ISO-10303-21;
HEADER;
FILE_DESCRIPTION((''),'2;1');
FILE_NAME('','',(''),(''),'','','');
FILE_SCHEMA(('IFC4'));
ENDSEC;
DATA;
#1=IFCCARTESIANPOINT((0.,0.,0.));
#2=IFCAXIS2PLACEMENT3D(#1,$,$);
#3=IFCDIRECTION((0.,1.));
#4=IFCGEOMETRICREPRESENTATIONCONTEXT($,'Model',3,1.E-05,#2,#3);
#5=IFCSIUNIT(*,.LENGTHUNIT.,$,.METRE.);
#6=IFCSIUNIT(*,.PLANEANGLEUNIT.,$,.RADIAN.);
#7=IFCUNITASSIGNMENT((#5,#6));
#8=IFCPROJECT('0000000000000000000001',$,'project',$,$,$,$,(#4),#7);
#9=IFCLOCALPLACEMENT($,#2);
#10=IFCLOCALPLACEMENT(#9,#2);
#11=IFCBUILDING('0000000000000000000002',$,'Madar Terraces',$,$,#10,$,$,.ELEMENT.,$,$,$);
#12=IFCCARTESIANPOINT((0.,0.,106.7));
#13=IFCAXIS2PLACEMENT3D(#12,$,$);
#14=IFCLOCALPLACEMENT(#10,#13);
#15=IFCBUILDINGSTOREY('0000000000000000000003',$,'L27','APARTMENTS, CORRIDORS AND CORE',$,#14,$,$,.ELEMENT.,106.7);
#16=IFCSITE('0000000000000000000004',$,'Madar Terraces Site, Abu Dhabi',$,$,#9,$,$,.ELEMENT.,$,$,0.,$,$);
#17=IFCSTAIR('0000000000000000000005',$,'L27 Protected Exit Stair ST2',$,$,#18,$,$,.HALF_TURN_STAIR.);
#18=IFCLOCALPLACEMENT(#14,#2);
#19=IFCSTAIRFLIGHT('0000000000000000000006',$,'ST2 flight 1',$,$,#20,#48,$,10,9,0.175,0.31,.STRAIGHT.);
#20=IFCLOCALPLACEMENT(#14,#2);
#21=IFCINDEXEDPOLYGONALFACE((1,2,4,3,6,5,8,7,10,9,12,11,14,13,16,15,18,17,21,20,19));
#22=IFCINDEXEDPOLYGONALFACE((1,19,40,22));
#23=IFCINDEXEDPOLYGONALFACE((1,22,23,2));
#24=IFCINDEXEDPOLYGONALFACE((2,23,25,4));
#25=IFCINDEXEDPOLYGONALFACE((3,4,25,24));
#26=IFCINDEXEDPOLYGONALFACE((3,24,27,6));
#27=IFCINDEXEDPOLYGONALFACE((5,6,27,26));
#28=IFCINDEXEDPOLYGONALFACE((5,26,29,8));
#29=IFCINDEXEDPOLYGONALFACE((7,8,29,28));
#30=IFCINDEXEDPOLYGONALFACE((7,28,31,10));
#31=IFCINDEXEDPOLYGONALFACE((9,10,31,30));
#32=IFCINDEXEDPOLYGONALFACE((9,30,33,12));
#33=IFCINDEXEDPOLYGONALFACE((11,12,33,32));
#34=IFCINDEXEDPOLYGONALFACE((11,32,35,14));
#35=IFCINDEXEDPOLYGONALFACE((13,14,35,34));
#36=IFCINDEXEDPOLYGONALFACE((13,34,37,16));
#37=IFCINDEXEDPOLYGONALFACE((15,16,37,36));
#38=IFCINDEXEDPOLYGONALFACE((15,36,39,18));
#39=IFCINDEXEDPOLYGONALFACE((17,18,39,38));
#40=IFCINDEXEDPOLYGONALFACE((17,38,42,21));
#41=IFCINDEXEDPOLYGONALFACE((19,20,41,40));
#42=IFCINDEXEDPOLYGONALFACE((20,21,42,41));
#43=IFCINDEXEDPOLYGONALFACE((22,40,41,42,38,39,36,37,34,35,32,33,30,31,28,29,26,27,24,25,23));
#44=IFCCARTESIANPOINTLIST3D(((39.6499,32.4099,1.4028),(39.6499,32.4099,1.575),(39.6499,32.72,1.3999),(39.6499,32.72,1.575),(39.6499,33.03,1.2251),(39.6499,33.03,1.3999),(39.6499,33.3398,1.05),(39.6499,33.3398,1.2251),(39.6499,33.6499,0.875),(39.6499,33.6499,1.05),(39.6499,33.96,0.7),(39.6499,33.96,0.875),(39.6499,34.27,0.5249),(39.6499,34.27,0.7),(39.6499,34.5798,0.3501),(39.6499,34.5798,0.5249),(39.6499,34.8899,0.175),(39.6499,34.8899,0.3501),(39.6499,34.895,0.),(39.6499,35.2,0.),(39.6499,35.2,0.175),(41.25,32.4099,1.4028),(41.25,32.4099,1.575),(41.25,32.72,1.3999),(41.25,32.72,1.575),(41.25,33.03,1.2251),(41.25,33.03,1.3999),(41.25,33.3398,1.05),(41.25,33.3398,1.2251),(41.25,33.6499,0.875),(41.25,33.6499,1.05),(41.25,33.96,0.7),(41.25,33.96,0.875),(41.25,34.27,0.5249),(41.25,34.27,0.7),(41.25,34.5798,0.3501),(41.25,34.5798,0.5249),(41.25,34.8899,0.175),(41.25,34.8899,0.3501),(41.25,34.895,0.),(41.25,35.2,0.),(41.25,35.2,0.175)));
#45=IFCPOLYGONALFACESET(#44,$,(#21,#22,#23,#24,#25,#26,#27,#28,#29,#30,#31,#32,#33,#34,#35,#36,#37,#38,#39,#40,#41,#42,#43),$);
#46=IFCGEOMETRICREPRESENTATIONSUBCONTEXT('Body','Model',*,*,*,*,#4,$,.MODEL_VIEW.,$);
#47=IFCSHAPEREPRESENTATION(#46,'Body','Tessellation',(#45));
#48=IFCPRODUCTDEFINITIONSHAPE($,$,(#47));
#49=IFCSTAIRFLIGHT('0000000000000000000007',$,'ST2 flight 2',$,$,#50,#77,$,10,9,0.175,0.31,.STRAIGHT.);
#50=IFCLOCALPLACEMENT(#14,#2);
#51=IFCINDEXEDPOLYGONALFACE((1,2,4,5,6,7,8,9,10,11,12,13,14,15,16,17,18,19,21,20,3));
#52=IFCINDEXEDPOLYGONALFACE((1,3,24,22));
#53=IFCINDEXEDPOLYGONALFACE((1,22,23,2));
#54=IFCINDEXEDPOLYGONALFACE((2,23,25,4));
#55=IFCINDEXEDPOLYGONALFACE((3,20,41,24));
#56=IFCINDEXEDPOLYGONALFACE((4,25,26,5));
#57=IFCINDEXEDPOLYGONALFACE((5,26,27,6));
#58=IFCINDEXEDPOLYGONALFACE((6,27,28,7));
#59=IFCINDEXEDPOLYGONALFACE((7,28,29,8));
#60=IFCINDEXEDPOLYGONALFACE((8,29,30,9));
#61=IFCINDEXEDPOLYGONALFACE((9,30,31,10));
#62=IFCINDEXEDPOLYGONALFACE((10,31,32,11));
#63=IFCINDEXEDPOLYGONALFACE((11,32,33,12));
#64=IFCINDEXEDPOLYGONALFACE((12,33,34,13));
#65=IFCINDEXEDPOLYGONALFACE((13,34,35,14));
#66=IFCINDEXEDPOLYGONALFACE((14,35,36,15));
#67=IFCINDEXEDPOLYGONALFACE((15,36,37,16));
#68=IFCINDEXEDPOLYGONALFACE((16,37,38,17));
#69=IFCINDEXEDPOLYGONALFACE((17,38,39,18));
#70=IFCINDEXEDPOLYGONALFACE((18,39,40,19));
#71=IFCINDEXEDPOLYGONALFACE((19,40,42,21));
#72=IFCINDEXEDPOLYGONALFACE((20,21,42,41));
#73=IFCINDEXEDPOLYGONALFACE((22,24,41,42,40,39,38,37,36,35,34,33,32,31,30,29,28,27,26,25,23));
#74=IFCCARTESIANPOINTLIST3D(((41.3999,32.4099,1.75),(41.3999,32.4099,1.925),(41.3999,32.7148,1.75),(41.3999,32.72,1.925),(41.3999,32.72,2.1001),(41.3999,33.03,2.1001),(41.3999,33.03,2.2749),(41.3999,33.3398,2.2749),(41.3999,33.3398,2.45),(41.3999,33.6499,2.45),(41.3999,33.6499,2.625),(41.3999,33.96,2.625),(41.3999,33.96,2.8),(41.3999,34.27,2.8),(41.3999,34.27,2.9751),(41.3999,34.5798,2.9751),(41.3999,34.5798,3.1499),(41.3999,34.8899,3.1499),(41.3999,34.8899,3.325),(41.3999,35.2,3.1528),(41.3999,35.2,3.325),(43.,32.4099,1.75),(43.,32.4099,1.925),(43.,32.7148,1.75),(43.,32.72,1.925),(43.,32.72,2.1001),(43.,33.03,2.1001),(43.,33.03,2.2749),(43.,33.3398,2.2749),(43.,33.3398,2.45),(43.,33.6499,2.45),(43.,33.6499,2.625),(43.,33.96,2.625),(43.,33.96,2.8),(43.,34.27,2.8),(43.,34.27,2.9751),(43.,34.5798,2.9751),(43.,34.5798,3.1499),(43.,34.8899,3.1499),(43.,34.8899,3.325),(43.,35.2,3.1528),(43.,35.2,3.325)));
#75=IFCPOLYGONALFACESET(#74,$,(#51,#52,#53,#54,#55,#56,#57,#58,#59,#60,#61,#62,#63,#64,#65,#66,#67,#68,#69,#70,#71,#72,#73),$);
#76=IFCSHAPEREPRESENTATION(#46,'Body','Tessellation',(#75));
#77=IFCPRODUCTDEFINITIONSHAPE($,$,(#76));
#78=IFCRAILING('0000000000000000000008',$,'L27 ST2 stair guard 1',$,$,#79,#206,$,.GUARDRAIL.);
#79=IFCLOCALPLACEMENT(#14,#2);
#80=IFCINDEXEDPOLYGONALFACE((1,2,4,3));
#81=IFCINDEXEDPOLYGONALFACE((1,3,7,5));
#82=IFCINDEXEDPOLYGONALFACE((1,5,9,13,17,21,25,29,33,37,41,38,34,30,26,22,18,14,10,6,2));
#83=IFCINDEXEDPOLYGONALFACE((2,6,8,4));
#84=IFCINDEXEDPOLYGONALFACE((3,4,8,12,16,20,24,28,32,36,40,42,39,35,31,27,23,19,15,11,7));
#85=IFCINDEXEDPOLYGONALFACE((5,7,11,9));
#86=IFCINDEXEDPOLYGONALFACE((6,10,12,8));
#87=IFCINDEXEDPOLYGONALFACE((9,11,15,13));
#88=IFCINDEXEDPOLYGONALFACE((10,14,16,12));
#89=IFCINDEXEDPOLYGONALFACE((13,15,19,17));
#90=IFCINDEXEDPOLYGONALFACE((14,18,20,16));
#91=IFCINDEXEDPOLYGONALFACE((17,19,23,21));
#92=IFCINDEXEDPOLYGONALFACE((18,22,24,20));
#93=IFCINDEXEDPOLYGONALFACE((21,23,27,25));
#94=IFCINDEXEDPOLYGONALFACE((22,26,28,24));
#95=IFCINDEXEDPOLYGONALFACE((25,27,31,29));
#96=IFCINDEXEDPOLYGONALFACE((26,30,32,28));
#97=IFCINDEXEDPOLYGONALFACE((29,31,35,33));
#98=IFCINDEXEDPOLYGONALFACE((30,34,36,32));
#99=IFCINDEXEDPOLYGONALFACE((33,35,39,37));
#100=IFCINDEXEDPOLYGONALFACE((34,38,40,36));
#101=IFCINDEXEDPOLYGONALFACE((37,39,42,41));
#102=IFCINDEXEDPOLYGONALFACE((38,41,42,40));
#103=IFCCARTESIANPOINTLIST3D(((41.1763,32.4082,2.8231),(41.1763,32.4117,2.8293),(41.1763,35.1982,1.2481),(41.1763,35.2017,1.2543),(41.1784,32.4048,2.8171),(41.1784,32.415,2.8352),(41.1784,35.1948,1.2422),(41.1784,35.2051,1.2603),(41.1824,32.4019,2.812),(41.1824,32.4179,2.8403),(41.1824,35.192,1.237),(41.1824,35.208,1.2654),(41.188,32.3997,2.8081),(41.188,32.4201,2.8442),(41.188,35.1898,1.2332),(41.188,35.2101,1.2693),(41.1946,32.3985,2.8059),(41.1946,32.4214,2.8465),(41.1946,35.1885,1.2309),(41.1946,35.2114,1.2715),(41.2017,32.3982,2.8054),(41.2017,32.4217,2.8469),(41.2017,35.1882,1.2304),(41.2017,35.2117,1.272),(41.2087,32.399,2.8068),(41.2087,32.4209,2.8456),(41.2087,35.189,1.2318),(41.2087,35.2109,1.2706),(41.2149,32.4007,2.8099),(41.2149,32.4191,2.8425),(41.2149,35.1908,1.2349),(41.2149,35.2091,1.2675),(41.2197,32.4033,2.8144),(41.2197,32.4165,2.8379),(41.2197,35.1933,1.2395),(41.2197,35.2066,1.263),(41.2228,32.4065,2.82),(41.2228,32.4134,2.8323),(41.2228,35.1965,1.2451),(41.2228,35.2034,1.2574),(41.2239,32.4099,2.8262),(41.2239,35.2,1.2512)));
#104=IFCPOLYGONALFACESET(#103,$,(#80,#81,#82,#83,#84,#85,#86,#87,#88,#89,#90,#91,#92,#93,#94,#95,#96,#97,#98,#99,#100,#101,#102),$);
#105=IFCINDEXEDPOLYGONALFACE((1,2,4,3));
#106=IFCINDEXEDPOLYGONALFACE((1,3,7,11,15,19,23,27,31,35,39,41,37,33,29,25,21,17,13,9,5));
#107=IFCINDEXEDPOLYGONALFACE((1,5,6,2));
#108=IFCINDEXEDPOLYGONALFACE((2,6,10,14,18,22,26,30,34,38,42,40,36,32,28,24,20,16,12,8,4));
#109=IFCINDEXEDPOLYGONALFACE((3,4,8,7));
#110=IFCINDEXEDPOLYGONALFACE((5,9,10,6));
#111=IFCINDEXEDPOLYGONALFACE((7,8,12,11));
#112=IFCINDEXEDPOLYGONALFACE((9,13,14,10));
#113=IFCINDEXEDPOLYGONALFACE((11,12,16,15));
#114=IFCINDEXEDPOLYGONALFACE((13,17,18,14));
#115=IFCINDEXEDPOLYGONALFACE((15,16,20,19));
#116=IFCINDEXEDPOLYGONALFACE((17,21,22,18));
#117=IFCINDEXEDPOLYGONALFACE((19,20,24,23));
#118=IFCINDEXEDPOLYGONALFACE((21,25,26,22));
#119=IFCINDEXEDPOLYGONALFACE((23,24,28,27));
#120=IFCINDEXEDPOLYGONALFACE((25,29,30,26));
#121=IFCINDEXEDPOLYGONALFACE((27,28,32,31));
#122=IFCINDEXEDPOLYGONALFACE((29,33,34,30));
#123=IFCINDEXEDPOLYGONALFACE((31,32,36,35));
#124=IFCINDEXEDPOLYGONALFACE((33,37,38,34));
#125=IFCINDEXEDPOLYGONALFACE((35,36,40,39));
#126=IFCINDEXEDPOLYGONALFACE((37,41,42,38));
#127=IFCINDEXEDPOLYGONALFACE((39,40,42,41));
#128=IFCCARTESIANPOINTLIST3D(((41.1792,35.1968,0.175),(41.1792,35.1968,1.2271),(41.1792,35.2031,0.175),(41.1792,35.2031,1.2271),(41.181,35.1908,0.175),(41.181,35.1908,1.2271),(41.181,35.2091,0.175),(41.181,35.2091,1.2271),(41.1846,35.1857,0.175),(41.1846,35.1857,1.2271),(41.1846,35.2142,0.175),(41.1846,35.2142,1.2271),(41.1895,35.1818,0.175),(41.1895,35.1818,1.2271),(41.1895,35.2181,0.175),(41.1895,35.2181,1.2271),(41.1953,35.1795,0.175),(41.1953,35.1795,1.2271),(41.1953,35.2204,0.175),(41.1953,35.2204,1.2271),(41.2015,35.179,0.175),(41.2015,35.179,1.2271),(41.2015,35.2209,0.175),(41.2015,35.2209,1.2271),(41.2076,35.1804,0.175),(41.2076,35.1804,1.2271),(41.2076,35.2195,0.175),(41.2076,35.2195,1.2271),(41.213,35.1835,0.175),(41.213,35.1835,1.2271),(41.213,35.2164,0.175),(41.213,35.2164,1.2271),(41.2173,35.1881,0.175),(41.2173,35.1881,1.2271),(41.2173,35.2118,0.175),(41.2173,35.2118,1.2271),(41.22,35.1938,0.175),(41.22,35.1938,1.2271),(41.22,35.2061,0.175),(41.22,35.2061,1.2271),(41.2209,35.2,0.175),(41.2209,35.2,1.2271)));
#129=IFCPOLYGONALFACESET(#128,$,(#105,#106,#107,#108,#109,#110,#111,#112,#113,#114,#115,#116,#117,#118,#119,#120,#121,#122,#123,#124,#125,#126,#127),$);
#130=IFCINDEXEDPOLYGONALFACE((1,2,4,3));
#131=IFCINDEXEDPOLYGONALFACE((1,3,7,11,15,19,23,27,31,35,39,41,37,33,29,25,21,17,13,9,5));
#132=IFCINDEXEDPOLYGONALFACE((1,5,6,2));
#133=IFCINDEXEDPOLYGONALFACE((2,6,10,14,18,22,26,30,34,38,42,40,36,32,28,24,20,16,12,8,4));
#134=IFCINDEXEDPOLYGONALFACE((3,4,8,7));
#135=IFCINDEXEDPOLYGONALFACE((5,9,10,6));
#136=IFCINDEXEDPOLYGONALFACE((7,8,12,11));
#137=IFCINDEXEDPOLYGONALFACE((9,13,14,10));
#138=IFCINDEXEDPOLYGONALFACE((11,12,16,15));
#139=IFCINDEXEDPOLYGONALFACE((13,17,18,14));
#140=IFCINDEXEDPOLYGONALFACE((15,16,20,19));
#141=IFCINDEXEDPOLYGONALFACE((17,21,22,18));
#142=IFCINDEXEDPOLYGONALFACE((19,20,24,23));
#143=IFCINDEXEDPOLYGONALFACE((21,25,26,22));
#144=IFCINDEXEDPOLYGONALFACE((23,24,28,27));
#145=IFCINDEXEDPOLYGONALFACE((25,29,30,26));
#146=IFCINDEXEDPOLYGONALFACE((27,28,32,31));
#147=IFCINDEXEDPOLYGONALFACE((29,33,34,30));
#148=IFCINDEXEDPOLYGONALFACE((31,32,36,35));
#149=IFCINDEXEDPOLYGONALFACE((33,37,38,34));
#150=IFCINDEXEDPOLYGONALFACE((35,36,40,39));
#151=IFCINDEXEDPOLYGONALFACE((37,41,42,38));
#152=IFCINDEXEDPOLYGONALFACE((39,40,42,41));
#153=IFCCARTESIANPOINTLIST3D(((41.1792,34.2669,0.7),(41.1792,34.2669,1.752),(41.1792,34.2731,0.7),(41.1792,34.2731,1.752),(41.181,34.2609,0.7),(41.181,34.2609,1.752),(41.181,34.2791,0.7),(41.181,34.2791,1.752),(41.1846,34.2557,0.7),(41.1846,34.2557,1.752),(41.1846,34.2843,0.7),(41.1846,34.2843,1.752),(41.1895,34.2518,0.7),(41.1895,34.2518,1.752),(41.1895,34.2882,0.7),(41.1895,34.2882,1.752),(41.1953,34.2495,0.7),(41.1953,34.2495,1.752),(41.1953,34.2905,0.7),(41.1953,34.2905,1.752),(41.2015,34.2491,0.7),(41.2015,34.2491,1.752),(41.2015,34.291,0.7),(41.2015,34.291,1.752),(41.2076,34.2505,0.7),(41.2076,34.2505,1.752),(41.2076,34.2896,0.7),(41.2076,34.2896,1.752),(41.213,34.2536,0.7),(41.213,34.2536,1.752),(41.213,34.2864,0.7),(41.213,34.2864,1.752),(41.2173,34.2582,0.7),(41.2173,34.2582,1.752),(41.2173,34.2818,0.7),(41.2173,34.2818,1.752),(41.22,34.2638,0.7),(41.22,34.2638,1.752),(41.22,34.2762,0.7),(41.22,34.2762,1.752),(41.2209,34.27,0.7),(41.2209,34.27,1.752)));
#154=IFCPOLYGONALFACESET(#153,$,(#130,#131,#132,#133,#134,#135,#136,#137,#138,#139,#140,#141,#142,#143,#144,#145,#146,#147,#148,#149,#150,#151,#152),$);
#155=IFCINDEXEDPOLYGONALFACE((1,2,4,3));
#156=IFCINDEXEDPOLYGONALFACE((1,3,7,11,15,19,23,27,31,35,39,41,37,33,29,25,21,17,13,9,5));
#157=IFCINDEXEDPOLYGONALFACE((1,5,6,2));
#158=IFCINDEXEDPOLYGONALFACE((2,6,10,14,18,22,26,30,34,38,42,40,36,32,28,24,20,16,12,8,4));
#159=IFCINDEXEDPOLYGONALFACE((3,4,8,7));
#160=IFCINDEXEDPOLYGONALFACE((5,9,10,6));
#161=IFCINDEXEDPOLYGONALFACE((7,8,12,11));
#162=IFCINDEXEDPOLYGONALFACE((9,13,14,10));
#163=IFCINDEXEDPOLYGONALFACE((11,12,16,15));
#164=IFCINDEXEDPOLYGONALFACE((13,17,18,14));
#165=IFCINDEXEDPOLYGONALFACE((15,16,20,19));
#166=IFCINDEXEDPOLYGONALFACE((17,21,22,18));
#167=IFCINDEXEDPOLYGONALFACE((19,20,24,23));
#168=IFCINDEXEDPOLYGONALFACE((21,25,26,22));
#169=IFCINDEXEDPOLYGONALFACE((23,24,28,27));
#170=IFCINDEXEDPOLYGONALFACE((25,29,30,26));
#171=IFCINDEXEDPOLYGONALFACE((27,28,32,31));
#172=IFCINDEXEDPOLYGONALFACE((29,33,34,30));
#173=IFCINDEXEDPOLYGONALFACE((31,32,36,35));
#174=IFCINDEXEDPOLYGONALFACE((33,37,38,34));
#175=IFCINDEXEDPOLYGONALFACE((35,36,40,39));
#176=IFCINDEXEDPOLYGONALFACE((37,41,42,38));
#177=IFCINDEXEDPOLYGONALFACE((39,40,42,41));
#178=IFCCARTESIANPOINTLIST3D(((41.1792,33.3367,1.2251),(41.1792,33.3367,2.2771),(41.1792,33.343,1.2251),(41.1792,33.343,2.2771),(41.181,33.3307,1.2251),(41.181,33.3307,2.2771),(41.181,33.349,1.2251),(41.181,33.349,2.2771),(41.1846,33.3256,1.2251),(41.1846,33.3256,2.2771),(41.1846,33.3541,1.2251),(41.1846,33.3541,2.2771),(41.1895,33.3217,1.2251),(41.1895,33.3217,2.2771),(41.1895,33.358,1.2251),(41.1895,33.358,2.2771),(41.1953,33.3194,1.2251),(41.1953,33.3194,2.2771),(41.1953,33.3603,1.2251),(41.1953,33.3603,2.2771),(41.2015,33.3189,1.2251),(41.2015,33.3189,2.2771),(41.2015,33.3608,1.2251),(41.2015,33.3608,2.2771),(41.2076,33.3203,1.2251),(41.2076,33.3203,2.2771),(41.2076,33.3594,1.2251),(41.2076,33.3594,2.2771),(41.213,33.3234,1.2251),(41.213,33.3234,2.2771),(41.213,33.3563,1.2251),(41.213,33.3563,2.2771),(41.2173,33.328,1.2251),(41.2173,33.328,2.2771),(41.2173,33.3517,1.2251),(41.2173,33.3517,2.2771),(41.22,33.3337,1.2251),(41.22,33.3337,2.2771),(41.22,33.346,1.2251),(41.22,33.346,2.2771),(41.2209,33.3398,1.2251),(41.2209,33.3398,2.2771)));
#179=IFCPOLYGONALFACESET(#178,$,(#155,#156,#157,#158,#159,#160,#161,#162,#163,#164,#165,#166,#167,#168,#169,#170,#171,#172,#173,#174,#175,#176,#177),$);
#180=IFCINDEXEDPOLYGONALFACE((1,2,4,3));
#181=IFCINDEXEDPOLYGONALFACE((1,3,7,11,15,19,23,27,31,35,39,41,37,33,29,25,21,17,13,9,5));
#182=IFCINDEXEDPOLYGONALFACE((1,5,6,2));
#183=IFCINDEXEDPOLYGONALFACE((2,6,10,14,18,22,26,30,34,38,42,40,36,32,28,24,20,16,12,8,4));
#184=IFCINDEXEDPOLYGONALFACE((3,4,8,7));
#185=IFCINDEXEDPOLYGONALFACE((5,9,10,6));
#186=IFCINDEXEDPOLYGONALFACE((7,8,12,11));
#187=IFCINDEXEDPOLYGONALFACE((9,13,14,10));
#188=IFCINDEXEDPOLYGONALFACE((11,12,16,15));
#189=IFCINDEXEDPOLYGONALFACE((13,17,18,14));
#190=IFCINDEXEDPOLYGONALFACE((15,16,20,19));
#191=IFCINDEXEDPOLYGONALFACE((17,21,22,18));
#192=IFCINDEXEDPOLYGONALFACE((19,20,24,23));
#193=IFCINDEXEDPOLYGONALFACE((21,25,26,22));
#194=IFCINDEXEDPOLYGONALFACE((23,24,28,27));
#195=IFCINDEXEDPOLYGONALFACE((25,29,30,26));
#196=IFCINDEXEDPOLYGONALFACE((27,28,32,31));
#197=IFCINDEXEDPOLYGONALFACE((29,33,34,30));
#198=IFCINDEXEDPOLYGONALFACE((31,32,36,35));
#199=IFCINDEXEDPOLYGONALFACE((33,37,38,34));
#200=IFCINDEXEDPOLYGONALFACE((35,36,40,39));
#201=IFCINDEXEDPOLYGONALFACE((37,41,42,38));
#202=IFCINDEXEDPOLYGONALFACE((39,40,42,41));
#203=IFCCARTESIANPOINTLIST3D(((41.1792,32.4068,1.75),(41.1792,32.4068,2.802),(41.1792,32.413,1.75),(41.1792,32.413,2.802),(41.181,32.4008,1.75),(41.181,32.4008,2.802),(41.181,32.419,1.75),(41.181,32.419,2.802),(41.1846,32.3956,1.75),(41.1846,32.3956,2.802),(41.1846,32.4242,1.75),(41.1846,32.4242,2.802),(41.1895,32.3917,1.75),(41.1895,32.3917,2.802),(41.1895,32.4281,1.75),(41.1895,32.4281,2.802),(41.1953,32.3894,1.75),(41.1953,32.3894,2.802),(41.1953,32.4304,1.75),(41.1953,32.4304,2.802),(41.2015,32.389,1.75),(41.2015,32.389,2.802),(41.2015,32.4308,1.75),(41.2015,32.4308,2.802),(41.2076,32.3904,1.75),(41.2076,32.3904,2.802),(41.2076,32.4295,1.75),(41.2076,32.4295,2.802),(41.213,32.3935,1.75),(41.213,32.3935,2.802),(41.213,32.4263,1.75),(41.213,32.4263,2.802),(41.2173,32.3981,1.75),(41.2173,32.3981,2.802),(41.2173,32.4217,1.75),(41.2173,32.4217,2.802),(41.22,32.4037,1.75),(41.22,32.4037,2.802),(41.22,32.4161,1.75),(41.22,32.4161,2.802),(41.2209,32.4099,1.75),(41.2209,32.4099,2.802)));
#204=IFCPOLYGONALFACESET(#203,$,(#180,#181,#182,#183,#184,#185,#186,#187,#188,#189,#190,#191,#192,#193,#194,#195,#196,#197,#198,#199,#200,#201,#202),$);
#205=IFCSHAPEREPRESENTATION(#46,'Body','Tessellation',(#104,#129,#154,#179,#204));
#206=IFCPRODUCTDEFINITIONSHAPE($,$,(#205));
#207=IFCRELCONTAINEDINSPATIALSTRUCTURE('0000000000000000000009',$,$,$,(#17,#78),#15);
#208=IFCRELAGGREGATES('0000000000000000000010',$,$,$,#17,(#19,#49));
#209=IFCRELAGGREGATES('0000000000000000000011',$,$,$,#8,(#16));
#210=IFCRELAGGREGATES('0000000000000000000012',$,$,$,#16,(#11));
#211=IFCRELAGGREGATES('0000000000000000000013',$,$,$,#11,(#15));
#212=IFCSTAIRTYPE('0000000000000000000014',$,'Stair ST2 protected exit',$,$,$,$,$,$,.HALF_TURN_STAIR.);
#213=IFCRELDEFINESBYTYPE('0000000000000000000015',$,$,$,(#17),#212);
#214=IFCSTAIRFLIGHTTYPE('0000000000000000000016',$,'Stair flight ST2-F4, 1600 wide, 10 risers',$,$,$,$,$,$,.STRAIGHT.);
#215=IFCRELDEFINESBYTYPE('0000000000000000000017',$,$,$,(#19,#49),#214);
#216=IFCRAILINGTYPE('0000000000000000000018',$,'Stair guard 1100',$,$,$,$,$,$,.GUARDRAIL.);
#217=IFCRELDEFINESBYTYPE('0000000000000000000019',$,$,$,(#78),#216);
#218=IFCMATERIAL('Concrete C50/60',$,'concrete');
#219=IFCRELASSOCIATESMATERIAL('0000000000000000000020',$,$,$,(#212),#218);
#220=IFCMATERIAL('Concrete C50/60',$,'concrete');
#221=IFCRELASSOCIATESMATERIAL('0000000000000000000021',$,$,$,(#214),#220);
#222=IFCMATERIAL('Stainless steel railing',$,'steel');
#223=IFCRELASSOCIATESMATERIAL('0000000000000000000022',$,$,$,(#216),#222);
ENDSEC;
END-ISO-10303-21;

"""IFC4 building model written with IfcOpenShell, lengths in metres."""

from ifc_helpers import new_model, si_unit, direction, frame, origin, origin_2d, place, context, subcontext, project, spatial, polyline, circle, outline, extrude, material, type_object, element, aggregate, save


model = new_model("IFC4")

# Units and contexts
model_context = context("Model", 3, precision=1e-05, world=origin(), true_north=direction((0.0, 1.0)))
body_context = subcontext(model_context, "Body", "Model", "MODEL_VIEW")
ifc_project = project(units=[si_unit("LENGTHUNIT", "METRE"), si_unit("PLANEANGLEUNIT", "RADIAN")], contexts=[model_context])

# Site, building, storey
site_placement = place(None, origin())
site = spatial("IfcSite", under=ifc_project, at=site_placement, Name="Madar Terraces Site, Abu Dhabi", CompositionType="ELEMENT", RefElevation=0.0)
building_placement = place(site_placement, origin())
building = spatial("IfcBuilding", under=site, at=building_placement, Name="Madar Terraces", CompositionType="ELEMENT")
storey_placement = place(building_placement, frame((0.0, 0.0, 106.7)))
storey = spatial("IfcBuildingStorey", under=building, at=storey_placement, Name="L27", Description="APARTMENTS, CORRIDORS AND CORE", CompositionType="ELEMENT", Elevation=106.7)

# Stair, stair flights
ifc_material_1 = material(Name="Concrete C50/60", Category="concrete")
stair_type = type_object("IfcStairType", Name="Stair ST2 protected exit", PredefinedType="HALF_TURN_STAIR", material=ifc_material_1)
stair_placement = place(storey_placement, origin())
stair = element("IfcStair", 1, at=stair_placement, inside=storey, type_object=stair_type, Name="L27 Protected Exit Stair ST2", PredefinedType="HALF_TURN_STAIR")
ifc_material_2 = material(Name="Concrete C50/60", Category="concrete")
stair_flight_type = type_object("IfcStairFlightType", Name="Stair flight ST2-F4, 1600 wide, 10 risers", PredefinedType="STRAIGHT", material=ifc_material_2)
stair_flight_1_placement = place(storey_placement, frame((40.45, 35.2, 0.0), z_axis=(0.0, 0.0, 1.0), x_axis=(0.0, -1.0, 0.0)))
stair_flight_1 = element("IfcStairFlight", 2, at=stair_flight_1_placement, type_object=stair_flight_type, Name="ST2 flight 1", NumberOfRisers=10, NumberOfTreads=9, PredefinedType="STRAIGHT", RiserHeight=0.175, TreadLength=0.31, context=body_context, shape_type="SweptSolid", body=[
    extrude(outline(polyline([(0.0, 0.0), (0.0, 0.175), (0.3101, 0.175), (0.3101, 0.3501), (0.6201, 0.3501), (0.6201, 0.5249), (0.9299, 0.5249), (0.9299, 0.7), (1.24, 0.7), (1.24, 0.875), (1.55, 0.875), (1.55, 1.05), (1.8601, 1.05), (1.8601, 1.2251), (2.1699, 1.2251), (2.1699, 1.3999), (2.48, 1.3999), (2.48, 1.575), (2.79, 1.575), (2.79, 1.75), (2.79, 1.4028), (0.3049, 0.0), (0.0, 0.0)])), frame((0.0, 0.8, 0.0), z_axis=(0.0, -1.0, 0.0), x_axis=(1.0, 0.0, 0.0)), (0.0, 0.0, 1.0), 1.6001),
])
stair_flight_2_placement = place(storey_placement, frame((42.2, 32.4099, 1.75), z_axis=(0.0, 0.0, 1.0), x_axis=(0.0, 1.0, 0.0)))
stair_flight_2 = element("IfcStairFlight", 3, at=stair_flight_2_placement, type_object=stair_flight_type, Name="ST2 flight 2", NumberOfRisers=10, NumberOfTreads=9, PredefinedType="STRAIGHT", RiserHeight=0.175, TreadLength=0.31, context=body_context, shape_type="SweptSolid", body=[
    extrude(outline(polyline([(0.0, 0.0), (0.0, 0.175), (0.3101, 0.175), (0.3101, 0.3501), (0.6201, 0.3501), (0.6201, 0.5249), (0.9299, 0.5249), (0.9299, 0.7), (1.24, 0.7), (1.24, 0.875), (1.55, 0.875), (1.55, 1.05), (1.8601, 1.05), (1.8601, 1.2251), (2.1699, 1.2251), (2.1699, 1.3999), (2.48, 1.3999), (2.48, 1.575), (2.79, 1.575), (2.79, 1.75), (2.79, 1.4028), (0.3049, 0.0), (0.0, 0.0)])), frame((0.0, 0.8, 0.0), z_axis=(0.0, -1.0, 0.0), x_axis=(1.0, 0.0, 0.0)), (0.0, 0.0, 1.0), 1.6001),
])
aggregate(stair, [stair_flight_1, stair_flight_2])

# Railing
ifc_material_3 = material(Name="Stainless steel railing", Category="steel")
railing_type_1 = type_object("IfcRailingType", Name="Stair guard 1100", PredefinedType="GUARDRAIL", material=ifc_material_3)
railing_1_placement = place(storey_placement, frame((41.2, 35.2, 0.175)))
element("IfcRailing", 4, at=railing_1_placement, inside=storey, type_object=railing_type_1, Name="L27 ST2 stair guard 1", PredefinedType="GUARDRAIL", context=body_context, shape_type="SweptSolid", body=[
    extrude(circle(Radius=0.0239, at=origin_2d()), frame((0.0, 0.0, 1.0762), z_axis=(0.0, -0.870834, 0.491578), x_axis=(1.0, 0.0, 0.0)), (0.0, 0.0, 1.0), 3.2039),
    extrude(circle(Radius=0.021, at=origin_2d()), origin(), (0.0, 0.0, 1.0), 1.052),
    extrude(circle(Radius=0.021, at=origin_2d()), frame((0.0, -0.9299, 0.5249)), (0.0, 0.0, 1.0), 1.052),
    extrude(circle(Radius=0.021, at=origin_2d()), frame((0.0, -1.8601, 1.05)), (0.0, 0.0, 1.0), 1.052),
    extrude(circle(Radius=0.021, at=origin_2d()), frame((0.0, -2.79, 1.575)), (0.0, 0.0, 1.0), 1.052),
])

save(model, "model.ifc")
